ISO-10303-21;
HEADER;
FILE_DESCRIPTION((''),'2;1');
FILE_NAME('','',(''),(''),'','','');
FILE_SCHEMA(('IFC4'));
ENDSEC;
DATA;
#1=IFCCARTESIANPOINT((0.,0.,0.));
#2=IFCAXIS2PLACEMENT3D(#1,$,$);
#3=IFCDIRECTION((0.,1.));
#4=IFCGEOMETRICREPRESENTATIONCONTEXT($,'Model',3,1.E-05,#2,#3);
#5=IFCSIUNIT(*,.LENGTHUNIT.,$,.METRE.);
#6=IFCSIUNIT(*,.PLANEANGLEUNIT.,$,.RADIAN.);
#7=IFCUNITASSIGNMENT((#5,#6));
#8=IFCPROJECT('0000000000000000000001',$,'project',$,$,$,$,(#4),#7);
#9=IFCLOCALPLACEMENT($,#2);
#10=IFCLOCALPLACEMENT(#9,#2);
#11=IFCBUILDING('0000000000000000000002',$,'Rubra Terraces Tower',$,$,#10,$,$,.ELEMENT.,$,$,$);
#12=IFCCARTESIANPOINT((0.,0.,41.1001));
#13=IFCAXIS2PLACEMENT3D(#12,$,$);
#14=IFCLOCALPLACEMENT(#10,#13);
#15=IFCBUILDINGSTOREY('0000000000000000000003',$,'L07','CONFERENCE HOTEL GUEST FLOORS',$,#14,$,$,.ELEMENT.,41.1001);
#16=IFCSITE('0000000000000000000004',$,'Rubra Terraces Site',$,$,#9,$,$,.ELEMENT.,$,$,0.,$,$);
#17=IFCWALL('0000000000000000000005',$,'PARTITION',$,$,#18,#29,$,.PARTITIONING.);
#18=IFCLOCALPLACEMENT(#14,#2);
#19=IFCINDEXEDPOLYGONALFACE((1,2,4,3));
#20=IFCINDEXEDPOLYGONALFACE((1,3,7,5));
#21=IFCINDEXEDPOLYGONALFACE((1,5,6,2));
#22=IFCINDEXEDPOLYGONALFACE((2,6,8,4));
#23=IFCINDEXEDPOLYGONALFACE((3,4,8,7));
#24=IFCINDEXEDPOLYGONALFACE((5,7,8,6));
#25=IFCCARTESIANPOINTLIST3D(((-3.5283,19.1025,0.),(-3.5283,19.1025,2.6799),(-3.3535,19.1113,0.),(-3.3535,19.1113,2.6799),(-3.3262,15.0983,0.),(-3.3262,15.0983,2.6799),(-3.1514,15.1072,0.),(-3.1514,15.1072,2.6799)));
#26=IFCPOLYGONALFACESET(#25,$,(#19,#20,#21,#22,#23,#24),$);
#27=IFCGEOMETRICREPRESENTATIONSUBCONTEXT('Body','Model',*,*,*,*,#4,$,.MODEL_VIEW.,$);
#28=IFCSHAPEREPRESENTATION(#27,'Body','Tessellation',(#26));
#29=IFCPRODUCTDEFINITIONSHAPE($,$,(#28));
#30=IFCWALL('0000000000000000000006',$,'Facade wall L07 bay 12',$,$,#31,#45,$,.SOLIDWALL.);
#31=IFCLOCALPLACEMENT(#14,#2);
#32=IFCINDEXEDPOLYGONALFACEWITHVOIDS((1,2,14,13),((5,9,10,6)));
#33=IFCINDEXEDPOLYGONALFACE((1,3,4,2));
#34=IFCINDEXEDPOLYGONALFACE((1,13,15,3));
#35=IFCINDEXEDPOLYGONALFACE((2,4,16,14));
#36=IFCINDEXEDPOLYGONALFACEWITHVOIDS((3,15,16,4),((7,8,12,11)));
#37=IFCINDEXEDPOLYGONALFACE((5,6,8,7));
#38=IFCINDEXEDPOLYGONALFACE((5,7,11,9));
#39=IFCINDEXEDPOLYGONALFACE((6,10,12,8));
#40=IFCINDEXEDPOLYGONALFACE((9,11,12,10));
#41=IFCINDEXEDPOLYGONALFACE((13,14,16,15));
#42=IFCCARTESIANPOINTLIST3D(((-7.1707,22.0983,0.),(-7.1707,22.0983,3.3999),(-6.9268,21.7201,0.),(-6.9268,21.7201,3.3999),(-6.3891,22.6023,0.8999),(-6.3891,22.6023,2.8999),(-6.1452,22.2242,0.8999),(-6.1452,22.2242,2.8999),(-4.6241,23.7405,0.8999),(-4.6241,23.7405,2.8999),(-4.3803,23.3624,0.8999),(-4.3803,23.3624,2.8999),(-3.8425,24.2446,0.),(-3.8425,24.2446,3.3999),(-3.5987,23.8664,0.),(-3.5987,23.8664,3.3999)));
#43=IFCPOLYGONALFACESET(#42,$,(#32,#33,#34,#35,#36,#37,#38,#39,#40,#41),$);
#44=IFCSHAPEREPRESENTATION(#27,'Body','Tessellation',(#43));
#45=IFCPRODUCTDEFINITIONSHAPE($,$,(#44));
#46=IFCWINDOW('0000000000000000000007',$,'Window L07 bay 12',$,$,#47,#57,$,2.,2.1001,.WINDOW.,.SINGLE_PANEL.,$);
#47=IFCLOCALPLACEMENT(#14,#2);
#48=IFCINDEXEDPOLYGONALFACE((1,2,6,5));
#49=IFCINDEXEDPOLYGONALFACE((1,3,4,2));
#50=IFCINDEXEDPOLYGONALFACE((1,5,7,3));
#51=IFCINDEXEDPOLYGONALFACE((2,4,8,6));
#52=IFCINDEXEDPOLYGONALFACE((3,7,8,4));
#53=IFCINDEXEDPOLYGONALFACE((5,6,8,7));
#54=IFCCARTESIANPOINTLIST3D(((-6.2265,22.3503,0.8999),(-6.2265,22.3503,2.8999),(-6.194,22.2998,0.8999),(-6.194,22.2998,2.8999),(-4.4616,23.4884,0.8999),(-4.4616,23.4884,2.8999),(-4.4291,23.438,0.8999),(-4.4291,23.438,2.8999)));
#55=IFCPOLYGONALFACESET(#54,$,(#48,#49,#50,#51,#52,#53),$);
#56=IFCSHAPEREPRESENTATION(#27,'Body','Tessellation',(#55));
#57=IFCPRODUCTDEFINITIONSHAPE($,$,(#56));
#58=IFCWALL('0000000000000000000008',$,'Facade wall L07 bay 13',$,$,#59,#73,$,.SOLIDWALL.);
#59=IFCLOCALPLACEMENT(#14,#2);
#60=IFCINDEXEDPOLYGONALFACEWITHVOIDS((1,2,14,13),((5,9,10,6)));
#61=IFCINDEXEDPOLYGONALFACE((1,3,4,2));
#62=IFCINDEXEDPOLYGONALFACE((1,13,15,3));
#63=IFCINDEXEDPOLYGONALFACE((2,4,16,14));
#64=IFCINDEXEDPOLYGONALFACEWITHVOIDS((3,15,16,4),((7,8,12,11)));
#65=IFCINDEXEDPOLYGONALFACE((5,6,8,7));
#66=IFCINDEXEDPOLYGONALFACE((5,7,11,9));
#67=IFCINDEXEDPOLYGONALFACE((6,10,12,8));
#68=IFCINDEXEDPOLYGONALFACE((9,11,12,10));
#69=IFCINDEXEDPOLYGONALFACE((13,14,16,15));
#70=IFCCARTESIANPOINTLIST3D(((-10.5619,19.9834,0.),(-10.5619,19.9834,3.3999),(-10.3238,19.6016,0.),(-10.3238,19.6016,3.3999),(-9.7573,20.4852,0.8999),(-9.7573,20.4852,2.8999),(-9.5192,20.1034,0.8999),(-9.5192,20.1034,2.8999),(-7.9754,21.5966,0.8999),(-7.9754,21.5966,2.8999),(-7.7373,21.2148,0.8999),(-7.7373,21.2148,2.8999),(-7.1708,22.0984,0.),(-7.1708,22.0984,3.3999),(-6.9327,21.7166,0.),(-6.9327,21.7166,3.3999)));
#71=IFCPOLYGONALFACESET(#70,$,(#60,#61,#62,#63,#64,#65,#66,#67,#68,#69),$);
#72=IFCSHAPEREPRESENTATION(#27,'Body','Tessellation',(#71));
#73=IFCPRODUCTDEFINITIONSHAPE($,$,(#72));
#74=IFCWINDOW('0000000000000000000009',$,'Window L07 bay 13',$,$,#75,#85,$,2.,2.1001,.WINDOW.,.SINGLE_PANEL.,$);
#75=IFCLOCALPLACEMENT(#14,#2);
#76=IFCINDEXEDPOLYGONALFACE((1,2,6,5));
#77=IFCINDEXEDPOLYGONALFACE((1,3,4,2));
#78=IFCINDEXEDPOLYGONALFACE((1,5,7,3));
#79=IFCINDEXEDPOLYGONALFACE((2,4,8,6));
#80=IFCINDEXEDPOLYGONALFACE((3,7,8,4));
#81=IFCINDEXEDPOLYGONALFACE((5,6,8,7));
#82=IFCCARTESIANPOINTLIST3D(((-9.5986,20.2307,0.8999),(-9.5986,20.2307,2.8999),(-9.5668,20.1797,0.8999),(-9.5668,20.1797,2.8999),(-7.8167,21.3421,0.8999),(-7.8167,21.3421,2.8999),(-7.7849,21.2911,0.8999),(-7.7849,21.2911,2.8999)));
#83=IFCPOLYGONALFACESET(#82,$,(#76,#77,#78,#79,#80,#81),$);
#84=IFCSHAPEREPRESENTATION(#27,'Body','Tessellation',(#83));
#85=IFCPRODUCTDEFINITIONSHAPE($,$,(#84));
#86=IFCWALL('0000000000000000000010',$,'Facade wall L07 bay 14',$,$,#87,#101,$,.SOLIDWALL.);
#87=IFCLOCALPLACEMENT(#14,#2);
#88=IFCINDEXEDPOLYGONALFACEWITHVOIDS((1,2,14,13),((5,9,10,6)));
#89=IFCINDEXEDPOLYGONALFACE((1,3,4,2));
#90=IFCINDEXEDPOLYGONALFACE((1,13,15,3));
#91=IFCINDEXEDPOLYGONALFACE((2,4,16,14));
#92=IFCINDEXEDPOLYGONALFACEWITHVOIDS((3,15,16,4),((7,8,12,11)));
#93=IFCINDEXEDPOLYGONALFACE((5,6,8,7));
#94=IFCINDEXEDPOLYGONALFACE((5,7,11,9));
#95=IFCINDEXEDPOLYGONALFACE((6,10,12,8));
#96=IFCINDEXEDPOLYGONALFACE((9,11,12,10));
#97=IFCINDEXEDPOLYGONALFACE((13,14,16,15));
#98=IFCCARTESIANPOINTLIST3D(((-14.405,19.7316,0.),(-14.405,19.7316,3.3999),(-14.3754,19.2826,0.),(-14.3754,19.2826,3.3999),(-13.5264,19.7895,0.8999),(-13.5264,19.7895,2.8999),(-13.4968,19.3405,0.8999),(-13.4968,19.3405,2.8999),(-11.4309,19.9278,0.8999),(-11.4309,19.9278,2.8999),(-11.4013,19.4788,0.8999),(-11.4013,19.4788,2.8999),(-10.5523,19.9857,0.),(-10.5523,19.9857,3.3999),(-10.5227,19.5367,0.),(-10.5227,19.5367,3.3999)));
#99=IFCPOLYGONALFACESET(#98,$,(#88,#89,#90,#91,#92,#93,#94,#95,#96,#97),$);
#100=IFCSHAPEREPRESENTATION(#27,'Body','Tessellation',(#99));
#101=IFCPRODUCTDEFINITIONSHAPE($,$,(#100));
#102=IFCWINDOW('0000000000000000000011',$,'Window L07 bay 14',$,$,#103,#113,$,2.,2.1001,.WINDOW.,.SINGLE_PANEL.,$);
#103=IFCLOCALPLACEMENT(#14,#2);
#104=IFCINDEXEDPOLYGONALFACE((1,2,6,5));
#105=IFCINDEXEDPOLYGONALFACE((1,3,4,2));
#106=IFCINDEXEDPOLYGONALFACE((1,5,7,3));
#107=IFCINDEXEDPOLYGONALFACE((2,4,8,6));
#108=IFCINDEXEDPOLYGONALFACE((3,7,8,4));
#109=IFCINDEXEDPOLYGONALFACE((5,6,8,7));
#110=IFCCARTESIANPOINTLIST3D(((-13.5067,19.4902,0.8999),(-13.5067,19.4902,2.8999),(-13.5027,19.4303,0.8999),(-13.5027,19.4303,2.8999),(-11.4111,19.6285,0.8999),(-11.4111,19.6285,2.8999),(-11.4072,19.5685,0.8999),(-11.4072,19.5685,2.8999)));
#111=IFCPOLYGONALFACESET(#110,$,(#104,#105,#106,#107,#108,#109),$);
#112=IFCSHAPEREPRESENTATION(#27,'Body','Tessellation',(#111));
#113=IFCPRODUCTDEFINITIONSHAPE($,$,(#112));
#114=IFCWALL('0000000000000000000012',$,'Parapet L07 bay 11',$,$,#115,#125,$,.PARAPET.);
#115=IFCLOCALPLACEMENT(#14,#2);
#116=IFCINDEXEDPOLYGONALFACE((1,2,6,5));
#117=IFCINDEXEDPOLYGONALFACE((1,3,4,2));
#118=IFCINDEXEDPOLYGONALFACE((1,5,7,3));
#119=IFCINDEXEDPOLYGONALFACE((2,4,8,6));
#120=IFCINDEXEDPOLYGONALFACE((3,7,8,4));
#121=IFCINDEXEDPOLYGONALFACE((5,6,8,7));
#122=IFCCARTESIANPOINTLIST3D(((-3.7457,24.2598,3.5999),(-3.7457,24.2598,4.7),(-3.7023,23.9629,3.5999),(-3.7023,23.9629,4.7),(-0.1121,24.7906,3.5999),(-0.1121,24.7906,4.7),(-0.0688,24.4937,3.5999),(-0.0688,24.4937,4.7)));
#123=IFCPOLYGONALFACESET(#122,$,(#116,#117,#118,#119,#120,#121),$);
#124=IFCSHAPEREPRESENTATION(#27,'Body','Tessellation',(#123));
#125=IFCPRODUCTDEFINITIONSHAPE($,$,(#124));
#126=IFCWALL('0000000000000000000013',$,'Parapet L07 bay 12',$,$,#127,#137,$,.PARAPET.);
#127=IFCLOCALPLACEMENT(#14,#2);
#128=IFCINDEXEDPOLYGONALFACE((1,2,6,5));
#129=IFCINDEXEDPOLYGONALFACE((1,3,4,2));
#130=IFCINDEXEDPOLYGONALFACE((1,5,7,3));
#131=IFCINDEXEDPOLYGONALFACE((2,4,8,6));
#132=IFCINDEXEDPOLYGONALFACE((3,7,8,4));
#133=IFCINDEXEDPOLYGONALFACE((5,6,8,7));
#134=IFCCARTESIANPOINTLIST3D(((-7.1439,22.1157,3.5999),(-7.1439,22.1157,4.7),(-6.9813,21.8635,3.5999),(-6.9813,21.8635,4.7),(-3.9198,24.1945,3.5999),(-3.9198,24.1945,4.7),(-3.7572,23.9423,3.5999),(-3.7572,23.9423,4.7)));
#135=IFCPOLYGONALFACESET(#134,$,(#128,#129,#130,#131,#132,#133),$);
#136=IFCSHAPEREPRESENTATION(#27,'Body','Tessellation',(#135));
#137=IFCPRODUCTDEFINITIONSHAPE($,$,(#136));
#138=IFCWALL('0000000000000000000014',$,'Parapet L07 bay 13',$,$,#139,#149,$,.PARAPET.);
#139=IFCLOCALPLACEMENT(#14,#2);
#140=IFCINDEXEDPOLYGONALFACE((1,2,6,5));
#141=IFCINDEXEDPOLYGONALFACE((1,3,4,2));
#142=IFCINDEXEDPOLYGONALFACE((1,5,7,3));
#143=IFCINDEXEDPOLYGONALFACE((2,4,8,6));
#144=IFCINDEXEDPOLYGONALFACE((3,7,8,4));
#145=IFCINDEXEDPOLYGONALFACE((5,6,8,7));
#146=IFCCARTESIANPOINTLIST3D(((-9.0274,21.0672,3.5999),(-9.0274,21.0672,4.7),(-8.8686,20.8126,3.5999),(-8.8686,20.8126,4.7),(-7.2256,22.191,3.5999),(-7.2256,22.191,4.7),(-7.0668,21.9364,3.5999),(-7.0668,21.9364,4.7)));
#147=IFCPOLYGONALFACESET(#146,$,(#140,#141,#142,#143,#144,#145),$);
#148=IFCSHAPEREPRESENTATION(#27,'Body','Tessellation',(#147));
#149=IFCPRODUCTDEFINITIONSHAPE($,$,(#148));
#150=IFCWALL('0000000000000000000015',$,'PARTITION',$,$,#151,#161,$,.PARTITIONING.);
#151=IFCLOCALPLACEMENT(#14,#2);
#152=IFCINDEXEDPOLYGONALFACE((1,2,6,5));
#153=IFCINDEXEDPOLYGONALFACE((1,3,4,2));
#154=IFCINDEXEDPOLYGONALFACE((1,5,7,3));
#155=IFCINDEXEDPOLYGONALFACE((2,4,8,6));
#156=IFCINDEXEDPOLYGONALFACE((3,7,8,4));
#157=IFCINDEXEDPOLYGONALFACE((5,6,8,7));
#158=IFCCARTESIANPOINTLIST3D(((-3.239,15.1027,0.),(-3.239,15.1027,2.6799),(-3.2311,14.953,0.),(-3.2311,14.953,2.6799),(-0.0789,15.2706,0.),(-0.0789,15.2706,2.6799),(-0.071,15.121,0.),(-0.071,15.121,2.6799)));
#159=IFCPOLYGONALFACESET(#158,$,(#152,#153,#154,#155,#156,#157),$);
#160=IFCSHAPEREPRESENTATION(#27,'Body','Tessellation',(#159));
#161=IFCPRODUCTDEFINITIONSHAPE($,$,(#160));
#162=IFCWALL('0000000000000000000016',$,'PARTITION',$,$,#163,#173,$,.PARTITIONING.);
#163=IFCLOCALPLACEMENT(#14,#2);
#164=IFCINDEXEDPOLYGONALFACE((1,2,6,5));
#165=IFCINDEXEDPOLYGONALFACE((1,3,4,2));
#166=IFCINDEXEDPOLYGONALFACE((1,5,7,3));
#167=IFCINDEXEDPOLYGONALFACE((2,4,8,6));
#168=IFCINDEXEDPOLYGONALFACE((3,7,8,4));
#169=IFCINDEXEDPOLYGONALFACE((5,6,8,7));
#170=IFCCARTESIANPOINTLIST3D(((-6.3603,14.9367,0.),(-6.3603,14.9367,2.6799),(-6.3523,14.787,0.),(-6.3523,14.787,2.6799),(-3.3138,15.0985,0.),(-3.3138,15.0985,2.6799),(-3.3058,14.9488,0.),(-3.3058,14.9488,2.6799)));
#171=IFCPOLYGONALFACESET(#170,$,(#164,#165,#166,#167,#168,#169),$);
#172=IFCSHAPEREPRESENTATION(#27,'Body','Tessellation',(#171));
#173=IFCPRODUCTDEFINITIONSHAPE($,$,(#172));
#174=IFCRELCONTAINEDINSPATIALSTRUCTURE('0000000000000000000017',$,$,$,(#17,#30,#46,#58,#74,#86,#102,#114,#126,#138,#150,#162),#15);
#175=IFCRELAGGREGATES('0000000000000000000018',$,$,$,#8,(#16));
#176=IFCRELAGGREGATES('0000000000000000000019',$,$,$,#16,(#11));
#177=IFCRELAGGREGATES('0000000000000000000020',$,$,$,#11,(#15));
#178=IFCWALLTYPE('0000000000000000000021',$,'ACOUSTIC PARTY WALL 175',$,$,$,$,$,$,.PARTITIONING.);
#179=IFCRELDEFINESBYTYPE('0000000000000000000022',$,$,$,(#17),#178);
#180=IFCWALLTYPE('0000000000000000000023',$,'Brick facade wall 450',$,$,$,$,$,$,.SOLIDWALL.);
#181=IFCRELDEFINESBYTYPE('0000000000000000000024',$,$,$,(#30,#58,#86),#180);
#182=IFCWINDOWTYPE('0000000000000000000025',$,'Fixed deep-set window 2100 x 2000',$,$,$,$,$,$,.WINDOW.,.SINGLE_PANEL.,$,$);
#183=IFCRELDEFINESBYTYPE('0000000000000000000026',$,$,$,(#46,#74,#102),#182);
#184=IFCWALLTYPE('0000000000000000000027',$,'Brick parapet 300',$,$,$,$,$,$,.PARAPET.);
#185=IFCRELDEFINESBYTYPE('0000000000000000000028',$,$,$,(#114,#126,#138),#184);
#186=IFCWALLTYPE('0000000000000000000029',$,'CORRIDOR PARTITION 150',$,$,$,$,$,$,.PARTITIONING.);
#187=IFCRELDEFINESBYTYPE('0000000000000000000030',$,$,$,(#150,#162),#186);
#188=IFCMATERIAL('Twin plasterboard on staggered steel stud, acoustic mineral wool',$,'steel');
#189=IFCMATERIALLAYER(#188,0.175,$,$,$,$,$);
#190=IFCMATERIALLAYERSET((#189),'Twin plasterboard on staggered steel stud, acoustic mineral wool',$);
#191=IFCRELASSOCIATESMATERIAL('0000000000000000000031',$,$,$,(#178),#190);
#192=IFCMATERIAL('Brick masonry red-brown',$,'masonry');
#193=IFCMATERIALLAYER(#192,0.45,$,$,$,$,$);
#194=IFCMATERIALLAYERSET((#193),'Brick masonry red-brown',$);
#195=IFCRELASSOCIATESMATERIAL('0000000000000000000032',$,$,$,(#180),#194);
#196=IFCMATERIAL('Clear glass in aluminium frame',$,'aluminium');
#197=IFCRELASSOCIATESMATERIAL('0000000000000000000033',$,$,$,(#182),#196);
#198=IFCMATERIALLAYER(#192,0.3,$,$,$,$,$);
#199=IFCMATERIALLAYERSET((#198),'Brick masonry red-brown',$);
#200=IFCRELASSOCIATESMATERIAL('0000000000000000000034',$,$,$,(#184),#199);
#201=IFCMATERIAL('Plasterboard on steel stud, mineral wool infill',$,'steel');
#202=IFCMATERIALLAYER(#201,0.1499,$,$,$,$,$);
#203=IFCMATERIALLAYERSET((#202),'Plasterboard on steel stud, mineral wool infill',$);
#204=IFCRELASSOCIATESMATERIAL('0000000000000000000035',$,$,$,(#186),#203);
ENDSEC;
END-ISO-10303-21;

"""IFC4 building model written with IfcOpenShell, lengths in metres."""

from ifc_helpers import new_model, si_unit, direction, frame, frame_2d, origin, place, context, subcontext, project, spatial, rectangle, extrude, material, layer, layer_set, type_object, element, fill, save


model = new_model("IFC4")

# Units and contexts
model_context = context("Model", 3, precision=1e-05, world=origin(), true_north=direction((0.0, 1.0)))
body_context = subcontext(model_context, "Body", "Model", "MODEL_VIEW")
ifc_project = project(units=[si_unit("LENGTHUNIT", "METRE"), si_unit("PLANEANGLEUNIT", "RADIAN")], contexts=[model_context])

# Site, building, storey
site_placement = place(None, origin())
site = spatial("IfcSite", under=ifc_project, at=site_placement, Name="Rubra Terraces Site", CompositionType="ELEMENT", RefElevation=0.0)
building_placement = place(site_placement, origin())
building = spatial("IfcBuilding", under=site, at=building_placement, Name="Rubra Terraces Tower", CompositionType="ELEMENT")
storey_placement = place(building_placement, frame((0.0, 0.0, 41.1001)))
storey = spatial("IfcBuildingStorey", under=building, at=storey_placement, Name="L07", Description="CONFERENCE HOTEL GUEST FLOORS", CompositionType="ELEMENT", Elevation=41.1001)

# Wall
ifc_material_1 = material(Name="Twin plasterboard on staggered steel stud, acoustic mineral wool", Category="steel")
ifc_layer_1 = layer(ifc_material_1, 0.175)
ifc_layer_set_1 = layer_set([ifc_layer_1], Name="Twin plasterboard on staggered steel stud, acoustic mineral wool")
wall_type_1 = type_object("IfcWallType", Name="ACOUSTIC PARTY WALL 175", PredefinedType="PARTITIONING", material=ifc_layer_set_1)
wall_1_placement = place(storey_placement, frame((-3.4409, 19.1069, 0.0), z_axis=(0.0, 0.0, 1.0), x_axis=(0.050421, -0.998728, 0.0)))
element("IfcWall", 1, at=wall_1_placement, inside=storey, type_object=wall_type_1, Name="PARTITION", PredefinedType="PARTITIONING", context=body_context, shape_type="SweptSolid", body=[
    extrude(rectangle(XDim=4.0093, YDim=0.175, at=frame_2d((2.0046, 0.0))), origin(), (0.0, 0.0, 1.0), 2.6799),
])

# Walls, openings, windows
ifc_material_2 = material(Name="Brick masonry red-brown", Category="masonry")
ifc_layer_2 = layer(ifc_material_2, 0.45)
ifc_layer_set_2 = layer_set([ifc_layer_2], Name="Brick masonry red-brown")
wall_type_2 = type_object("IfcWallType", Name="Brick facade wall 450", PredefinedType="SOLIDWALL", material=ifc_layer_set_2)
wall_2_placement = place(storey_placement, frame((-3.7207, 24.0554, 0.0), z_axis=(0.0, 0.0, 1.0), x_axis=(-0.840404, -0.54196, 0.0)))
wall_2 = element("IfcWall", 2, at=wall_2_placement, inside=storey, type_object=wall_type_2, Name="Facade wall L07 bay 12", PredefinedType="SOLIDWALL", context=body_context, shape_type="SweptSolid", body=[
    extrude(rectangle(XDim=3.9602, YDim=0.45, at=frame_2d((1.98, 0.0))), origin(), (0.0, 0.0, 1.0), 3.3999),
])
opening_1_placement = place(wall_2_placement, frame((0.9299, 0.0, 0.8999)))
opening_1 = element("IfcOpeningElement", 3, at=opening_1_placement, cuts=wall_2, PredefinedType="OPENING", context=body_context, shape_type="SweptSolid", body=[
    extrude(rectangle(XDim=2.1001, YDim=2.0, at=frame_2d((1.05, 1.0))), frame((0.0, 0.2349, 0.0), z_axis=(0.0, -1.0, 0.0), x_axis=(1.0, 0.0, 0.0)), (0.0, 0.0, 1.0), 0.47),
])
ifc_material_3 = material(Name="Clear glass in aluminium frame", Category="aluminium")
window_type = type_object("IfcWindowType", Name="Fixed deep-set window 2100 x 2000", PartitioningType="SINGLE_PANEL", PredefinedType="WINDOW", material=ifc_material_3)
window_1_placement = place(opening_1_placement, origin())
window_1 = element("IfcWindow", 4, at=window_1_placement, inside=storey, type_object=window_type, Name="Window L07 bay 12", OverallHeight=2.0, OverallWidth=2.1001, PartitioningType="SINGLE_PANEL", PredefinedType="WINDOW", context=body_context, shape_type="SweptSolid", body=[
    extrude(rectangle(XDim=2.1001, YDim=2.0, at=frame_2d((1.05, 1.0))), frame((0.0, 0.135, 0.0), z_axis=(0.0, -1.0, 0.0), x_axis=(1.0, 0.0, 0.0)), (0.0, 0.0, 1.0), 0.0601),
])
fill(opening_1, window_1)
wall_3_placement = place(storey_placement, frame((-7.0518, 21.9075, 0.0), z_axis=(0.0, 0.0, 1.0), x_axis=(-0.848499, -0.529197, 0.0)))
wall_3 = element("IfcWall", 5, at=wall_3_placement, inside=storey, type_object=wall_type_2, Name="Facade wall L07 bay 13", PredefinedType="SOLIDWALL", context=body_context, shape_type="SweptSolid", body=[
    extrude(rectangle(XDim=3.9966, YDim=0.45, at=frame_2d((1.9983, 0.0))), origin(), (0.0, 0.0, 1.0), 3.3999),
])
opening_2_placement = place(wall_3_placement, frame((0.9482, 0.0, 0.8999)))
opening_2 = element("IfcOpeningElement", 6, at=opening_2_placement, cuts=wall_3, PredefinedType="OPENING", context=body_context, shape_type="SweptSolid", body=[
    extrude(rectangle(XDim=2.1001, YDim=2.0, at=frame_2d((1.05, 1.0))), frame((0.0, 0.2349, 0.0), z_axis=(0.0, -1.0, 0.0), x_axis=(1.0, 0.0, 0.0)), (0.0, 0.0, 1.0), 0.47),
])
window_2_placement = place(opening_2_placement, origin())
window_2 = element("IfcWindow", 7, at=window_2_placement, inside=storey, type_object=window_type, Name="Window L07 bay 13", OverallHeight=2.0, OverallWidth=2.1001, PartitioningType="SINGLE_PANEL", PredefinedType="WINDOW", context=body_context, shape_type="SweptSolid", body=[
    extrude(rectangle(XDim=2.1001, YDim=2.0, at=frame_2d((1.05, 1.0))), frame((0.0, 0.135, 0.0), z_axis=(0.0, -1.0, 0.0), x_axis=(1.0, 0.0, 0.0)), (0.0, 0.0, 1.0), 0.0601),
])
fill(opening_2, window_2)
wall_4_placement = place(storey_placement, frame((-10.5374, 19.7612, 0.0), z_axis=(0.0, 0.0, 1.0), x_axis=(-0.997831, -0.065822, 0.0)))
wall_4 = element("IfcWall", 8, at=wall_4_placement, inside=storey, type_object=wall_type_2, Name="Facade wall L07 bay 14", PredefinedType="SOLIDWALL", context=body_context, shape_type="SweptSolid", body=[
    extrude(rectangle(XDim=3.8611, YDim=0.45, at=frame_2d((1.9307, 0.0))), origin(), (0.0, 0.0, 1.0), 3.3999),
])
opening_3_placement = place(wall_4_placement, frame((0.8806, 0.0, 0.8999)))
opening_3 = element("IfcOpeningElement", 9, at=opening_3_placement, cuts=wall_4, PredefinedType="OPENING", context=body_context, shape_type="SweptSolid", body=[
    extrude(rectangle(XDim=2.1001, YDim=2.0, at=frame_2d((1.05, 1.0))), frame((0.0, 0.2349, 0.0), z_axis=(0.0, -1.0, 0.0), x_axis=(1.0, 0.0, 0.0)), (0.0, 0.0, 1.0), 0.47),
])
window_3_placement = place(opening_3_placement, origin())
window_3 = element("IfcWindow", 10, at=window_3_placement, inside=storey, type_object=window_type, Name="Window L07 bay 14", OverallHeight=2.0, OverallWidth=2.1001, PartitioningType="SINGLE_PANEL", PredefinedType="WINDOW", context=body_context, shape_type="SweptSolid", body=[
    extrude(rectangle(XDim=2.1001, YDim=2.0, at=frame_2d((1.05, 1.0))), frame((0.0, 0.135, 0.0), z_axis=(0.0, -1.0, 0.0), x_axis=(1.0, 0.0, 0.0)), (0.0, 0.0, 1.0), 0.0601),
])
fill(opening_3, window_3)

# Walls
ifc_layer_3 = layer(ifc_material_2, 0.3)
ifc_layer_set_3 = layer_set([ifc_layer_3], Name="Brick masonry red-brown")
wall_type_3 = type_object("IfcWallType", Name="Brick parapet 300", PredefinedType="PARAPET", material=ifc_layer_set_3)
wall_5_placement = place(storey_placement, frame((-0.0906, 24.6421, 3.5999), z_axis=(0.0, 0.0, 1.0), x_axis=(-0.989499, -0.144539, 0.0)))
element("IfcWall", 11, at=wall_5_placement, inside=storey, type_object=wall_type_3, Name="Parapet L07 bay 11", PredefinedType="PARAPET", context=body_context, shape_type="SweptSolid", body=[
    extrude(rectangle(XDim=3.6721, YDim=0.3, at=frame_2d((1.8359, 0.0))), origin(), (0.0, 0.0, 1.0), 1.1001),
])
wall_6_placement = place(storey_placement, frame((-3.8386, 24.0684, 3.5999), z_axis=(0.0, 0.0, 1.0), x_axis=(-0.840442, -0.541902, 0.0)))
element("IfcWall", 12, at=wall_6_placement, inside=storey, type_object=wall_type_3, Name="Parapet L07 bay 12", PredefinedType="PARAPET", context=body_context, shape_type="SweptSolid", body=[
    extrude(rectangle(XDim=3.8362, YDim=0.3, at=frame_2d((1.918, 0.0))), origin(), (0.0, 0.0, 1.0), 1.1001),
])
wall_7_placement = place(storey_placement, frame((-7.1462, 22.0637, 3.5999), z_axis=(0.0, 0.0, 1.0), x_axis=(-0.848489, -0.529213, 0.0)))
element("IfcWall", 13, at=wall_7_placement, inside=storey, type_object=wall_type_3, Name="Parapet L07 bay 13", PredefinedType="PARAPET", context=body_context, shape_type="SweptSolid", body=[
    extrude(rectangle(XDim=2.1235, YDim=0.3, at=frame_2d((1.0618, 0.0))), origin(), (0.0, 0.0, 1.0), 1.1001),
])
ifc_material_4 = material(Name="Plasterboard on steel stud, mineral wool infill", Category="steel")
ifc_layer_4 = layer(ifc_material_4, 0.1499)
ifc_layer_set_4 = layer_set([ifc_layer_4], Name="Plasterboard on steel stud, mineral wool infill")
wall_type_4 = type_object("IfcWallType", Name="CORRIDOR PARTITION 150", PredefinedType="PARTITIONING", material=ifc_layer_set_4)
wall_8_placement = place(storey_placement, frame((-0.075, 15.1958, 0.0), z_axis=(0.0, 0.0, 1.0), x_axis=(-0.99859, -0.053077, 0.0)))
element("IfcWall", 14, at=wall_8_placement, inside=storey, type_object=wall_type_4, Name="PARTITION", PredefinedType="PARTITIONING", context=body_context, shape_type="SweptSolid", body=[
    extrude(rectangle(XDim=3.1646, YDim=0.1499, at=frame_2d((1.5823, 0.0))), origin(), (0.0, 0.0, 1.0), 2.6799),
])
wall_9_placement = place(storey_placement, frame((-3.3098, 15.0237, 0.0), z_axis=(0.0, 0.0, 1.0), x_axis=(-0.998591, -0.053059, 0.0)))
element("IfcWall", 15, at=wall_9_placement, inside=storey, type_object=wall_type_4, Name="PARTITION", PredefinedType="PARTITIONING", context=body_context, shape_type="SweptSolid", body=[
    extrude(rectangle(XDim=3.0508, YDim=0.1499, at=frame_2d((1.5254, 0.0))), origin(), (0.0, 0.0, 1.0), 2.6799),
])

save(model, "model.ifc")
